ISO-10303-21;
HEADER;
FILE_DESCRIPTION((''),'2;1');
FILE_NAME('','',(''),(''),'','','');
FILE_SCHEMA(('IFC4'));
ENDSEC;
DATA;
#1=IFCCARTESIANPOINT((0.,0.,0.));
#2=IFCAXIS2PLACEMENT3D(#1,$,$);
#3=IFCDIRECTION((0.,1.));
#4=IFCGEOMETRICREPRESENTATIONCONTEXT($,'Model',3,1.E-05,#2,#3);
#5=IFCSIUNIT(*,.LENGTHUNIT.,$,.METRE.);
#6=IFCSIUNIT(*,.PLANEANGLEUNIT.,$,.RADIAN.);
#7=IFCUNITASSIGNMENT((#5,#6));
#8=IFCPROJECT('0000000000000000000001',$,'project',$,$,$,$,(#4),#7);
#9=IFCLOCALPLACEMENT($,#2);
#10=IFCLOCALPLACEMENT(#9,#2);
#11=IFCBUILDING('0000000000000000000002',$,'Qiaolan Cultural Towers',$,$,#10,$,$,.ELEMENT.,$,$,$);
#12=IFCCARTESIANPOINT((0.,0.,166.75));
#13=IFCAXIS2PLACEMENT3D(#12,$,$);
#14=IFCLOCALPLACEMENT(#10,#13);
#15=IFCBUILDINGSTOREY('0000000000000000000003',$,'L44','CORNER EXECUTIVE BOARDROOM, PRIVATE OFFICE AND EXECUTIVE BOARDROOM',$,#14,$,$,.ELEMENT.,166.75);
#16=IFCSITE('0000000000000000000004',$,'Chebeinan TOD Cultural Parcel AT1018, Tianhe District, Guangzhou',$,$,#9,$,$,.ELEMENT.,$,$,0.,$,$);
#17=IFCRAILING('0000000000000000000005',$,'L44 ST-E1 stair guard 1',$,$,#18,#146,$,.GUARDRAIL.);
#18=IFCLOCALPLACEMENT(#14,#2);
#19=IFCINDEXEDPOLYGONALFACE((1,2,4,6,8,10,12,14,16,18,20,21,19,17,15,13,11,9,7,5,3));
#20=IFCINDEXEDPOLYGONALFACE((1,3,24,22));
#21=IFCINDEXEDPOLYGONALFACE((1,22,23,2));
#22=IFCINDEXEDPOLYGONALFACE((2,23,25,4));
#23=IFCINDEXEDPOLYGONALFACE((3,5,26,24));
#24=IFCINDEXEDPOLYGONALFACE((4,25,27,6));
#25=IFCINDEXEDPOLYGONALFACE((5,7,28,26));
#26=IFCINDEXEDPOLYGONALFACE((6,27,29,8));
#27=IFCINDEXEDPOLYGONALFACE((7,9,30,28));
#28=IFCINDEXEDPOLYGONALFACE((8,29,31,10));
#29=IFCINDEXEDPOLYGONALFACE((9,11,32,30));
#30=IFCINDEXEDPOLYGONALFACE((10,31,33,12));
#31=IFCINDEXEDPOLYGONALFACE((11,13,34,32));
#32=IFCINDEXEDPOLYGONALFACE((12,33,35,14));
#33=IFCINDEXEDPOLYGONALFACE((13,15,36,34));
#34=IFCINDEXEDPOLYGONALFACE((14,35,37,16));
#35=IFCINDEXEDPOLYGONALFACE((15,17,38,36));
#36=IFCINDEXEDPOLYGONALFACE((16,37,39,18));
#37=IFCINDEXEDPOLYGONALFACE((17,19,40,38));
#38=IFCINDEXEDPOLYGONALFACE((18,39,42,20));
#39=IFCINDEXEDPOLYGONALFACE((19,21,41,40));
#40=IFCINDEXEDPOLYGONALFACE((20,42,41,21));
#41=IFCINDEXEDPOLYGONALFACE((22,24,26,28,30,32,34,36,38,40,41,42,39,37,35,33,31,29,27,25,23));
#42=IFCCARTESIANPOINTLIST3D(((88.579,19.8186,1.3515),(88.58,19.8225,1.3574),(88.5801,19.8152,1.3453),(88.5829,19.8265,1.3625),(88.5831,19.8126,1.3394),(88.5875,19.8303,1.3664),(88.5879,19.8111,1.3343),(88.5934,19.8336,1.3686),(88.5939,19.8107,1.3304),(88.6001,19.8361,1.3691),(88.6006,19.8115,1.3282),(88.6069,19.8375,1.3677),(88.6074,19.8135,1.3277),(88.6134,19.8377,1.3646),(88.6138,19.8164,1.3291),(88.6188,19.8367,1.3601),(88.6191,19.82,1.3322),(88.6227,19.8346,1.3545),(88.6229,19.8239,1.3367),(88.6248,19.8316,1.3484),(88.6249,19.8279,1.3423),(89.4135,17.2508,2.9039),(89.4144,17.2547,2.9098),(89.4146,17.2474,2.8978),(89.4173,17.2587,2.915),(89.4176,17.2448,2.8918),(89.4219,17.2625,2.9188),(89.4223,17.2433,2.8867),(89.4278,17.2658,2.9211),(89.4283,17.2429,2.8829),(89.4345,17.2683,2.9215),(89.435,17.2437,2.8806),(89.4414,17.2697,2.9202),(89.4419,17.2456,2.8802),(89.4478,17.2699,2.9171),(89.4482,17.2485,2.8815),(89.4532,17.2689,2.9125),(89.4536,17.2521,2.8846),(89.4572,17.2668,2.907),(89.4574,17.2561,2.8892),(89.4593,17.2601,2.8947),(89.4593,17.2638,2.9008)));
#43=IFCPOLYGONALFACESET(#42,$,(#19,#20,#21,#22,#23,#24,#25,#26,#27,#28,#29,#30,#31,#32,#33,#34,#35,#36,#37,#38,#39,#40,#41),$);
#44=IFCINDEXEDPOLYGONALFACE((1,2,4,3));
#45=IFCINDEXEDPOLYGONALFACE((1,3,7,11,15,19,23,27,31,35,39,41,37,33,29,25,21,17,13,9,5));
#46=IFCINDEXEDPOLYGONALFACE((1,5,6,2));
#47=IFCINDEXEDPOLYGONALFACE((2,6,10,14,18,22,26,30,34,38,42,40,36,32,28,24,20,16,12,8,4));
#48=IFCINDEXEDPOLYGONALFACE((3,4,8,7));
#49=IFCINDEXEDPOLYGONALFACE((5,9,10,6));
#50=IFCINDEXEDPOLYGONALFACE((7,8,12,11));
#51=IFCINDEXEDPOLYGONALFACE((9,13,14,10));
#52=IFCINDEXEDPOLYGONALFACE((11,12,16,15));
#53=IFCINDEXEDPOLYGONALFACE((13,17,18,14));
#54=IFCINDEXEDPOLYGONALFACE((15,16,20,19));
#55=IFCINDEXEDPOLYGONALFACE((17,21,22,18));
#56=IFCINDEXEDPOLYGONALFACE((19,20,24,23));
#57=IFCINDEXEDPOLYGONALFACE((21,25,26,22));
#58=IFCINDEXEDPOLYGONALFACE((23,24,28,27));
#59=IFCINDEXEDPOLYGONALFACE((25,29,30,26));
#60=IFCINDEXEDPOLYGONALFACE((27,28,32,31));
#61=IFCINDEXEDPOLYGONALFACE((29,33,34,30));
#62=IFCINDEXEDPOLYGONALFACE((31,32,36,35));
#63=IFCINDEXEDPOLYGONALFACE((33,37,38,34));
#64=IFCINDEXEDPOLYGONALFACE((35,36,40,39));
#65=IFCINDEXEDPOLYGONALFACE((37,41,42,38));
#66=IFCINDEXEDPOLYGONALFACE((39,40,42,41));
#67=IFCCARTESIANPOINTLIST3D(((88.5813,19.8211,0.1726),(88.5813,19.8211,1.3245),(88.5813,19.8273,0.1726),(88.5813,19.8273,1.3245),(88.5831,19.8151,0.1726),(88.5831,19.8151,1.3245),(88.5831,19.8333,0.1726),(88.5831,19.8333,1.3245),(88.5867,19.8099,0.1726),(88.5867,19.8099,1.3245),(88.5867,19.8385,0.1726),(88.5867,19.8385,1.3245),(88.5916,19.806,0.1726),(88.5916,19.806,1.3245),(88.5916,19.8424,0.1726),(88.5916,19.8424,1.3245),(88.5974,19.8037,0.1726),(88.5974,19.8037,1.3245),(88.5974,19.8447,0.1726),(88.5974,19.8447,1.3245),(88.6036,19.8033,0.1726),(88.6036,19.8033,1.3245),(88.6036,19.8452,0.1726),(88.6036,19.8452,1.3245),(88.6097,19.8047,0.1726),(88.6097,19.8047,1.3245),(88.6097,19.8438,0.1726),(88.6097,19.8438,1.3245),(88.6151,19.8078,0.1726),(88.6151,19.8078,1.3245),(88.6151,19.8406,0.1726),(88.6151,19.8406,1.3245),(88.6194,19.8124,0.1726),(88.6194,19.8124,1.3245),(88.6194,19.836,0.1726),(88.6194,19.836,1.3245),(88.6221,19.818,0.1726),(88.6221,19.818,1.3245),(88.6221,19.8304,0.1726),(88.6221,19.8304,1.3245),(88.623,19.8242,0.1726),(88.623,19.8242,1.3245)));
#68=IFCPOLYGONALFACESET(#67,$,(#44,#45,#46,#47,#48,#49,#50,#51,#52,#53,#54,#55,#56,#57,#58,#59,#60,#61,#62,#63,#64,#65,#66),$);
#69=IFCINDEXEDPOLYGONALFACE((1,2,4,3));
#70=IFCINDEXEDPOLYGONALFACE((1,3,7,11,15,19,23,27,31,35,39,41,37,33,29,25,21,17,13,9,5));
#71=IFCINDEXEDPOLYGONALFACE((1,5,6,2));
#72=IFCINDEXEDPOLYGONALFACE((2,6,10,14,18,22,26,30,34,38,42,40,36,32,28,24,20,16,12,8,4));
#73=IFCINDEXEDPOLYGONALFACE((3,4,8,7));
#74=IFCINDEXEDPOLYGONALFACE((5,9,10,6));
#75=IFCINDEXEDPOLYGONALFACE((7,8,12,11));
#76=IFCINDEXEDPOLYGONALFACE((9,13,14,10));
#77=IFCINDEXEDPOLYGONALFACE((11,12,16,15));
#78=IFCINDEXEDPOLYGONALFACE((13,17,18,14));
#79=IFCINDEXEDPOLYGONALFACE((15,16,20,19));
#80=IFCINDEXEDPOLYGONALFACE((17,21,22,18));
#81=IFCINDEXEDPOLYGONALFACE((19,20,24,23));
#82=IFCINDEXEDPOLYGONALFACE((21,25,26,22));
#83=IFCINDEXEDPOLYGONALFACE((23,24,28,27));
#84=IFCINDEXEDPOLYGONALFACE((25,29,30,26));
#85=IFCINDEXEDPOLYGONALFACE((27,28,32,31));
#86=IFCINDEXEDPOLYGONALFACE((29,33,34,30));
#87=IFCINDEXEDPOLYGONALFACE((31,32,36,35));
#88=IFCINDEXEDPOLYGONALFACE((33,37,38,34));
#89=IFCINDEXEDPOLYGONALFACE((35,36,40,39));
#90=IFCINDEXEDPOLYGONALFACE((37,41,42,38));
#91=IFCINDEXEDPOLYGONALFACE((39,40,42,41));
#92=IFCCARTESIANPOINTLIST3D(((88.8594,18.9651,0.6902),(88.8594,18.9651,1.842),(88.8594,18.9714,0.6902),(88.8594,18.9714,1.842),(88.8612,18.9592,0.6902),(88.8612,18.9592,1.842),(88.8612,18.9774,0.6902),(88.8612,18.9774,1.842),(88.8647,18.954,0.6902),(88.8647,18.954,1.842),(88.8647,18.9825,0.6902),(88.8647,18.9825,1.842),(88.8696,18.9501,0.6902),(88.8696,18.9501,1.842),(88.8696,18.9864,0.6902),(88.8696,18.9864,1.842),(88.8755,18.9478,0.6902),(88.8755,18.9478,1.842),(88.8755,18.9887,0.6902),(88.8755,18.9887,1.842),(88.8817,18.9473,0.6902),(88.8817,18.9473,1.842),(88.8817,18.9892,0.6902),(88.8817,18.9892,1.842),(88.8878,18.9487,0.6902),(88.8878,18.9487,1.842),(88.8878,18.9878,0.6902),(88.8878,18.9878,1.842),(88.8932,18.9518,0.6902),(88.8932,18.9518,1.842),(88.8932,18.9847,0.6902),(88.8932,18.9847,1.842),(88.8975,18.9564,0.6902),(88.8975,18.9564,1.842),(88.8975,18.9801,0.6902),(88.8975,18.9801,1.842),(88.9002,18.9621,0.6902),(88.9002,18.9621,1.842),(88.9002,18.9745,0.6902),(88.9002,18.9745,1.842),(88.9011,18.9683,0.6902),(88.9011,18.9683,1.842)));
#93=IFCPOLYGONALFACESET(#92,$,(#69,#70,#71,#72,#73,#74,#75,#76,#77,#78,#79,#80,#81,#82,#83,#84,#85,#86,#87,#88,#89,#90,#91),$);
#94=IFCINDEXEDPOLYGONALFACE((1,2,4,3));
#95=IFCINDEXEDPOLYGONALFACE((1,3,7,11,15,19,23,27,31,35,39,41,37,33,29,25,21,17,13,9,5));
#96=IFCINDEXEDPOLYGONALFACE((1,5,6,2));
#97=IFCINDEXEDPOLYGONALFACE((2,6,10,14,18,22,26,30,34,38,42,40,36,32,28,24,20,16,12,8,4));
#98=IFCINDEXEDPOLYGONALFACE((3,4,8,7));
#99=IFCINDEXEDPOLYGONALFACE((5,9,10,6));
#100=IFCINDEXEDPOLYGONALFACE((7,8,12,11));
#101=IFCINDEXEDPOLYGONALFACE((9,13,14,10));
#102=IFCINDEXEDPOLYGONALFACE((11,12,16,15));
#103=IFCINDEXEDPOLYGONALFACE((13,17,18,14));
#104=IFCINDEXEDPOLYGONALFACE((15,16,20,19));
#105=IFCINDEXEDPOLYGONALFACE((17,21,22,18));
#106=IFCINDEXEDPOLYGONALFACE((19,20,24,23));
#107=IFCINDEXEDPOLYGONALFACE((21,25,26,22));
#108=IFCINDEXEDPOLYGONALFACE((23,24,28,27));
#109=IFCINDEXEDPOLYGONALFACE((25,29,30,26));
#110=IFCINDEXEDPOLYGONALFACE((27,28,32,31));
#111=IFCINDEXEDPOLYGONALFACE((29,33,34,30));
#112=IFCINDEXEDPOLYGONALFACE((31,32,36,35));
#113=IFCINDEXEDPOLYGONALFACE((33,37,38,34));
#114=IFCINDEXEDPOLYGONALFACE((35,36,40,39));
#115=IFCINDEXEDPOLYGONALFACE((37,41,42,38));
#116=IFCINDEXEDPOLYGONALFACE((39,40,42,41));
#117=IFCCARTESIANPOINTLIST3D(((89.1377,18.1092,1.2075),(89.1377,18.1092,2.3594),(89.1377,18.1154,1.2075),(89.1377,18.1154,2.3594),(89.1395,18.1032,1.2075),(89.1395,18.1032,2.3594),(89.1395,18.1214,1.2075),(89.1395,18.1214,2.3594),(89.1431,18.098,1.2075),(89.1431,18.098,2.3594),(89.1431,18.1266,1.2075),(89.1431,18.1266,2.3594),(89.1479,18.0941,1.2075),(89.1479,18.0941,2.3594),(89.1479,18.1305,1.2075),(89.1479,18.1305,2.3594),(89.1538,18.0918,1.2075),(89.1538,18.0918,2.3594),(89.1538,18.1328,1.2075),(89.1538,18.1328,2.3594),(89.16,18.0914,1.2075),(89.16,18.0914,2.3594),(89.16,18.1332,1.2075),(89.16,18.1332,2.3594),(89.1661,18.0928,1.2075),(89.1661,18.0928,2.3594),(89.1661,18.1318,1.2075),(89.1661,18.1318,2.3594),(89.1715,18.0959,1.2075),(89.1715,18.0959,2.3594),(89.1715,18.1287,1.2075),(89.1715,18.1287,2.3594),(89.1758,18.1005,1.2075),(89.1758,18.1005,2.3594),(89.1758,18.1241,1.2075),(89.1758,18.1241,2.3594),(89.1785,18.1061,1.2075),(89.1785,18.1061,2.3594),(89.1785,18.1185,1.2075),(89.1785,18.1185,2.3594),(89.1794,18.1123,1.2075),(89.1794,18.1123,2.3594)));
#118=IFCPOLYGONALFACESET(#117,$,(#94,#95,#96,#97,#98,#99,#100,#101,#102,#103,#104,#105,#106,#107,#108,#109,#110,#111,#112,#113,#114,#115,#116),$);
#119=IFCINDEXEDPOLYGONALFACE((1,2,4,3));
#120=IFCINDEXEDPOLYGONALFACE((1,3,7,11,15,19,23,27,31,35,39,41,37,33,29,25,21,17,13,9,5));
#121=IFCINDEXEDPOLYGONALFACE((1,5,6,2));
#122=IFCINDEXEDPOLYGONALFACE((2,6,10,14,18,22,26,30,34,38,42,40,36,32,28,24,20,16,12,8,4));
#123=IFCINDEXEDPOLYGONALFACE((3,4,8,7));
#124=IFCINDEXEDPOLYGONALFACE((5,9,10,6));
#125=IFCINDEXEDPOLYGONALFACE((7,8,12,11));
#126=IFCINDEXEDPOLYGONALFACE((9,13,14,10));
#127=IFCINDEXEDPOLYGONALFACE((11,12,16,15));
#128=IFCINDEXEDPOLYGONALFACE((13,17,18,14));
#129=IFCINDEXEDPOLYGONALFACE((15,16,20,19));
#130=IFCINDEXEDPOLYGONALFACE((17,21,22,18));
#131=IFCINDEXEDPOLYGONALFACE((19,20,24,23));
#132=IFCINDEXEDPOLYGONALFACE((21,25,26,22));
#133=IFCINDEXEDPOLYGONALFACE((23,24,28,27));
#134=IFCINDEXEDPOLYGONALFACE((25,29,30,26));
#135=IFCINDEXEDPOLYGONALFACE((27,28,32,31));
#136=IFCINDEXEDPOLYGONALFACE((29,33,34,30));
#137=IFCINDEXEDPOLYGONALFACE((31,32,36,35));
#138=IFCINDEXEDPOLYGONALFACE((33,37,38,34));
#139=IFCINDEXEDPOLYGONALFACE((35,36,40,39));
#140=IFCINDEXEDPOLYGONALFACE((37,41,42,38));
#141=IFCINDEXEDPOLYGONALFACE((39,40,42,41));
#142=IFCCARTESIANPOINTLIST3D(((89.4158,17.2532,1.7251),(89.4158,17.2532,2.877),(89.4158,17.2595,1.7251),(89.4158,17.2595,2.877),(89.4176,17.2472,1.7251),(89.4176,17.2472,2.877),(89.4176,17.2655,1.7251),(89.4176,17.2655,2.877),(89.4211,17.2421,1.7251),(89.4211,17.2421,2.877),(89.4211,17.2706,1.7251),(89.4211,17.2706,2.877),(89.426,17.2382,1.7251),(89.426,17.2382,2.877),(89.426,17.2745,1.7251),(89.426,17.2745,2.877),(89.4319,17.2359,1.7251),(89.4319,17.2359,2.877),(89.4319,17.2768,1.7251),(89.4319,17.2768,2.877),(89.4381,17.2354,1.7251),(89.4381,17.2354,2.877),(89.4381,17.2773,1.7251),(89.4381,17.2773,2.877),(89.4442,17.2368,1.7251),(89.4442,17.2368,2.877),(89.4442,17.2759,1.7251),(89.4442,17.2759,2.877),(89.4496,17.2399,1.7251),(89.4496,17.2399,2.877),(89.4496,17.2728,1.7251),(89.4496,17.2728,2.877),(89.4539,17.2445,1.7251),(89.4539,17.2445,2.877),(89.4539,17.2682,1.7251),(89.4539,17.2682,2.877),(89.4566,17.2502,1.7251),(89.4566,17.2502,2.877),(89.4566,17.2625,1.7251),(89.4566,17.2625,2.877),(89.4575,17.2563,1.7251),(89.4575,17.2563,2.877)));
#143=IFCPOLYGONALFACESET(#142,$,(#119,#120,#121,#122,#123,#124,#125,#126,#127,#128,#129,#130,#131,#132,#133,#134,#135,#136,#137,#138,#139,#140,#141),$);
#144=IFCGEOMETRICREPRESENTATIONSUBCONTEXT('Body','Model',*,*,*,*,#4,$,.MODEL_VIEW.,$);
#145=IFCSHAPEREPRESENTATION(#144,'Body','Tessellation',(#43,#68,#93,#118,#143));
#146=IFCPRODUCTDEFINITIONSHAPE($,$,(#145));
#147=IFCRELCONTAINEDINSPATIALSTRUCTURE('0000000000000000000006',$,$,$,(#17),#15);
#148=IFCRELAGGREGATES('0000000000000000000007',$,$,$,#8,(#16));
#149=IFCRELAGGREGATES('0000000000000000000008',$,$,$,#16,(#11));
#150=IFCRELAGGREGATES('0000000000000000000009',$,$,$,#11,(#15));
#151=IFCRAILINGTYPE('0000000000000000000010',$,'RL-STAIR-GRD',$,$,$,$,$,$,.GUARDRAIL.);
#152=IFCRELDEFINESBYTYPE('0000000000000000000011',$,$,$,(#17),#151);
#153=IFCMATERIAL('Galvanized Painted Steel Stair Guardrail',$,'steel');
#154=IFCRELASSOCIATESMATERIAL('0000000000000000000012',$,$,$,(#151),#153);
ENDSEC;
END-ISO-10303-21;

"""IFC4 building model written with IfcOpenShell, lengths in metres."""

from ifc_helpers import new_model, si_unit, direction, frame, origin, origin_2d, place, context, subcontext, project, spatial, circle, extrude, material, type_object, element, save


model = new_model("IFC4")

# Units and contexts
model_context = context("Model", 3, precision=1e-05, world=origin(), true_north=direction((0.0, 1.0)))
body_context = subcontext(model_context, "Body", "Model", "MODEL_VIEW")
ifc_project = project(units=[si_unit("LENGTHUNIT", "METRE"), si_unit("PLANEANGLEUNIT", "RADIAN")], contexts=[model_context])

# Site, building, storey
site_placement = place(None, origin())
site = spatial("IfcSite", under=ifc_project, at=site_placement, Name="Chebeinan TOD Cultural Parcel AT1018, Tianhe District, Guangzhou", CompositionType="ELEMENT", RefElevation=0.0)
building_placement = place(site_placement, origin())
building = spatial("IfcBuilding", under=site, at=building_placement, Name="Qiaolan Cultural Towers", CompositionType="ELEMENT")
storey_placement = place(building_placement, frame((0.0, 0.0, 166.75)))
storey = spatial("IfcBuildingStorey", under=building, at=storey_placement, Name="L44", Description="CORNER EXECUTIVE BOARDROOM, PRIVATE OFFICE AND EXECUTIVE BOARDROOM", CompositionType="ELEMENT", Elevation=166.75)

# Railing
ifc_material_1 = material(Name="Galvanized Painted Steel Stair Guardrail", Category="steel")
railing_type_1 = type_object("IfcRailingType", Name="RL-STAIR-GRD", PredefinedType="GUARDRAIL", material=ifc_material_1)
railing_1_placement = place(storey_placement, frame((88.6021, 19.8242, 0.1726)))
element("IfcRailing", 1, at=railing_1_placement, inside=storey, type_object=railing_type_1, Name="L44 ST-E1 stair guard 1", PredefinedType="GUARDRAIL", context=body_context, shape_type="SweptSolid", body=[
    extrude(circle(Radius=0.0239, at=origin_2d()), frame((0.0, 0.0, 1.1758), z_axis=(0.267926, -0.824471, 0.498461), x_axis=(0.951043, 0.309057, 0.0)), (0.0, 0.0, 1.0), 3.1145),
    extrude(circle(Radius=0.021, at=origin_2d()), origin(), (0.0, 0.0, 1.0), 1.1519),
    extrude(circle(Radius=0.021, at=origin_2d()), frame((0.2781, -0.856, 0.5176)), (0.0, 0.0, 1.0), 1.1519),
    extrude(circle(Radius=0.021, at=origin_2d()), frame((0.5564, -1.7119, 1.0349)), (0.0, 0.0, 1.0), 1.1519),
    extrude(circle(Radius=0.021, at=origin_2d()), frame((0.8345, -2.5679, 1.5525)), (0.0, 0.0, 1.0), 1.1519),
])

save(model, "model.ifc")
